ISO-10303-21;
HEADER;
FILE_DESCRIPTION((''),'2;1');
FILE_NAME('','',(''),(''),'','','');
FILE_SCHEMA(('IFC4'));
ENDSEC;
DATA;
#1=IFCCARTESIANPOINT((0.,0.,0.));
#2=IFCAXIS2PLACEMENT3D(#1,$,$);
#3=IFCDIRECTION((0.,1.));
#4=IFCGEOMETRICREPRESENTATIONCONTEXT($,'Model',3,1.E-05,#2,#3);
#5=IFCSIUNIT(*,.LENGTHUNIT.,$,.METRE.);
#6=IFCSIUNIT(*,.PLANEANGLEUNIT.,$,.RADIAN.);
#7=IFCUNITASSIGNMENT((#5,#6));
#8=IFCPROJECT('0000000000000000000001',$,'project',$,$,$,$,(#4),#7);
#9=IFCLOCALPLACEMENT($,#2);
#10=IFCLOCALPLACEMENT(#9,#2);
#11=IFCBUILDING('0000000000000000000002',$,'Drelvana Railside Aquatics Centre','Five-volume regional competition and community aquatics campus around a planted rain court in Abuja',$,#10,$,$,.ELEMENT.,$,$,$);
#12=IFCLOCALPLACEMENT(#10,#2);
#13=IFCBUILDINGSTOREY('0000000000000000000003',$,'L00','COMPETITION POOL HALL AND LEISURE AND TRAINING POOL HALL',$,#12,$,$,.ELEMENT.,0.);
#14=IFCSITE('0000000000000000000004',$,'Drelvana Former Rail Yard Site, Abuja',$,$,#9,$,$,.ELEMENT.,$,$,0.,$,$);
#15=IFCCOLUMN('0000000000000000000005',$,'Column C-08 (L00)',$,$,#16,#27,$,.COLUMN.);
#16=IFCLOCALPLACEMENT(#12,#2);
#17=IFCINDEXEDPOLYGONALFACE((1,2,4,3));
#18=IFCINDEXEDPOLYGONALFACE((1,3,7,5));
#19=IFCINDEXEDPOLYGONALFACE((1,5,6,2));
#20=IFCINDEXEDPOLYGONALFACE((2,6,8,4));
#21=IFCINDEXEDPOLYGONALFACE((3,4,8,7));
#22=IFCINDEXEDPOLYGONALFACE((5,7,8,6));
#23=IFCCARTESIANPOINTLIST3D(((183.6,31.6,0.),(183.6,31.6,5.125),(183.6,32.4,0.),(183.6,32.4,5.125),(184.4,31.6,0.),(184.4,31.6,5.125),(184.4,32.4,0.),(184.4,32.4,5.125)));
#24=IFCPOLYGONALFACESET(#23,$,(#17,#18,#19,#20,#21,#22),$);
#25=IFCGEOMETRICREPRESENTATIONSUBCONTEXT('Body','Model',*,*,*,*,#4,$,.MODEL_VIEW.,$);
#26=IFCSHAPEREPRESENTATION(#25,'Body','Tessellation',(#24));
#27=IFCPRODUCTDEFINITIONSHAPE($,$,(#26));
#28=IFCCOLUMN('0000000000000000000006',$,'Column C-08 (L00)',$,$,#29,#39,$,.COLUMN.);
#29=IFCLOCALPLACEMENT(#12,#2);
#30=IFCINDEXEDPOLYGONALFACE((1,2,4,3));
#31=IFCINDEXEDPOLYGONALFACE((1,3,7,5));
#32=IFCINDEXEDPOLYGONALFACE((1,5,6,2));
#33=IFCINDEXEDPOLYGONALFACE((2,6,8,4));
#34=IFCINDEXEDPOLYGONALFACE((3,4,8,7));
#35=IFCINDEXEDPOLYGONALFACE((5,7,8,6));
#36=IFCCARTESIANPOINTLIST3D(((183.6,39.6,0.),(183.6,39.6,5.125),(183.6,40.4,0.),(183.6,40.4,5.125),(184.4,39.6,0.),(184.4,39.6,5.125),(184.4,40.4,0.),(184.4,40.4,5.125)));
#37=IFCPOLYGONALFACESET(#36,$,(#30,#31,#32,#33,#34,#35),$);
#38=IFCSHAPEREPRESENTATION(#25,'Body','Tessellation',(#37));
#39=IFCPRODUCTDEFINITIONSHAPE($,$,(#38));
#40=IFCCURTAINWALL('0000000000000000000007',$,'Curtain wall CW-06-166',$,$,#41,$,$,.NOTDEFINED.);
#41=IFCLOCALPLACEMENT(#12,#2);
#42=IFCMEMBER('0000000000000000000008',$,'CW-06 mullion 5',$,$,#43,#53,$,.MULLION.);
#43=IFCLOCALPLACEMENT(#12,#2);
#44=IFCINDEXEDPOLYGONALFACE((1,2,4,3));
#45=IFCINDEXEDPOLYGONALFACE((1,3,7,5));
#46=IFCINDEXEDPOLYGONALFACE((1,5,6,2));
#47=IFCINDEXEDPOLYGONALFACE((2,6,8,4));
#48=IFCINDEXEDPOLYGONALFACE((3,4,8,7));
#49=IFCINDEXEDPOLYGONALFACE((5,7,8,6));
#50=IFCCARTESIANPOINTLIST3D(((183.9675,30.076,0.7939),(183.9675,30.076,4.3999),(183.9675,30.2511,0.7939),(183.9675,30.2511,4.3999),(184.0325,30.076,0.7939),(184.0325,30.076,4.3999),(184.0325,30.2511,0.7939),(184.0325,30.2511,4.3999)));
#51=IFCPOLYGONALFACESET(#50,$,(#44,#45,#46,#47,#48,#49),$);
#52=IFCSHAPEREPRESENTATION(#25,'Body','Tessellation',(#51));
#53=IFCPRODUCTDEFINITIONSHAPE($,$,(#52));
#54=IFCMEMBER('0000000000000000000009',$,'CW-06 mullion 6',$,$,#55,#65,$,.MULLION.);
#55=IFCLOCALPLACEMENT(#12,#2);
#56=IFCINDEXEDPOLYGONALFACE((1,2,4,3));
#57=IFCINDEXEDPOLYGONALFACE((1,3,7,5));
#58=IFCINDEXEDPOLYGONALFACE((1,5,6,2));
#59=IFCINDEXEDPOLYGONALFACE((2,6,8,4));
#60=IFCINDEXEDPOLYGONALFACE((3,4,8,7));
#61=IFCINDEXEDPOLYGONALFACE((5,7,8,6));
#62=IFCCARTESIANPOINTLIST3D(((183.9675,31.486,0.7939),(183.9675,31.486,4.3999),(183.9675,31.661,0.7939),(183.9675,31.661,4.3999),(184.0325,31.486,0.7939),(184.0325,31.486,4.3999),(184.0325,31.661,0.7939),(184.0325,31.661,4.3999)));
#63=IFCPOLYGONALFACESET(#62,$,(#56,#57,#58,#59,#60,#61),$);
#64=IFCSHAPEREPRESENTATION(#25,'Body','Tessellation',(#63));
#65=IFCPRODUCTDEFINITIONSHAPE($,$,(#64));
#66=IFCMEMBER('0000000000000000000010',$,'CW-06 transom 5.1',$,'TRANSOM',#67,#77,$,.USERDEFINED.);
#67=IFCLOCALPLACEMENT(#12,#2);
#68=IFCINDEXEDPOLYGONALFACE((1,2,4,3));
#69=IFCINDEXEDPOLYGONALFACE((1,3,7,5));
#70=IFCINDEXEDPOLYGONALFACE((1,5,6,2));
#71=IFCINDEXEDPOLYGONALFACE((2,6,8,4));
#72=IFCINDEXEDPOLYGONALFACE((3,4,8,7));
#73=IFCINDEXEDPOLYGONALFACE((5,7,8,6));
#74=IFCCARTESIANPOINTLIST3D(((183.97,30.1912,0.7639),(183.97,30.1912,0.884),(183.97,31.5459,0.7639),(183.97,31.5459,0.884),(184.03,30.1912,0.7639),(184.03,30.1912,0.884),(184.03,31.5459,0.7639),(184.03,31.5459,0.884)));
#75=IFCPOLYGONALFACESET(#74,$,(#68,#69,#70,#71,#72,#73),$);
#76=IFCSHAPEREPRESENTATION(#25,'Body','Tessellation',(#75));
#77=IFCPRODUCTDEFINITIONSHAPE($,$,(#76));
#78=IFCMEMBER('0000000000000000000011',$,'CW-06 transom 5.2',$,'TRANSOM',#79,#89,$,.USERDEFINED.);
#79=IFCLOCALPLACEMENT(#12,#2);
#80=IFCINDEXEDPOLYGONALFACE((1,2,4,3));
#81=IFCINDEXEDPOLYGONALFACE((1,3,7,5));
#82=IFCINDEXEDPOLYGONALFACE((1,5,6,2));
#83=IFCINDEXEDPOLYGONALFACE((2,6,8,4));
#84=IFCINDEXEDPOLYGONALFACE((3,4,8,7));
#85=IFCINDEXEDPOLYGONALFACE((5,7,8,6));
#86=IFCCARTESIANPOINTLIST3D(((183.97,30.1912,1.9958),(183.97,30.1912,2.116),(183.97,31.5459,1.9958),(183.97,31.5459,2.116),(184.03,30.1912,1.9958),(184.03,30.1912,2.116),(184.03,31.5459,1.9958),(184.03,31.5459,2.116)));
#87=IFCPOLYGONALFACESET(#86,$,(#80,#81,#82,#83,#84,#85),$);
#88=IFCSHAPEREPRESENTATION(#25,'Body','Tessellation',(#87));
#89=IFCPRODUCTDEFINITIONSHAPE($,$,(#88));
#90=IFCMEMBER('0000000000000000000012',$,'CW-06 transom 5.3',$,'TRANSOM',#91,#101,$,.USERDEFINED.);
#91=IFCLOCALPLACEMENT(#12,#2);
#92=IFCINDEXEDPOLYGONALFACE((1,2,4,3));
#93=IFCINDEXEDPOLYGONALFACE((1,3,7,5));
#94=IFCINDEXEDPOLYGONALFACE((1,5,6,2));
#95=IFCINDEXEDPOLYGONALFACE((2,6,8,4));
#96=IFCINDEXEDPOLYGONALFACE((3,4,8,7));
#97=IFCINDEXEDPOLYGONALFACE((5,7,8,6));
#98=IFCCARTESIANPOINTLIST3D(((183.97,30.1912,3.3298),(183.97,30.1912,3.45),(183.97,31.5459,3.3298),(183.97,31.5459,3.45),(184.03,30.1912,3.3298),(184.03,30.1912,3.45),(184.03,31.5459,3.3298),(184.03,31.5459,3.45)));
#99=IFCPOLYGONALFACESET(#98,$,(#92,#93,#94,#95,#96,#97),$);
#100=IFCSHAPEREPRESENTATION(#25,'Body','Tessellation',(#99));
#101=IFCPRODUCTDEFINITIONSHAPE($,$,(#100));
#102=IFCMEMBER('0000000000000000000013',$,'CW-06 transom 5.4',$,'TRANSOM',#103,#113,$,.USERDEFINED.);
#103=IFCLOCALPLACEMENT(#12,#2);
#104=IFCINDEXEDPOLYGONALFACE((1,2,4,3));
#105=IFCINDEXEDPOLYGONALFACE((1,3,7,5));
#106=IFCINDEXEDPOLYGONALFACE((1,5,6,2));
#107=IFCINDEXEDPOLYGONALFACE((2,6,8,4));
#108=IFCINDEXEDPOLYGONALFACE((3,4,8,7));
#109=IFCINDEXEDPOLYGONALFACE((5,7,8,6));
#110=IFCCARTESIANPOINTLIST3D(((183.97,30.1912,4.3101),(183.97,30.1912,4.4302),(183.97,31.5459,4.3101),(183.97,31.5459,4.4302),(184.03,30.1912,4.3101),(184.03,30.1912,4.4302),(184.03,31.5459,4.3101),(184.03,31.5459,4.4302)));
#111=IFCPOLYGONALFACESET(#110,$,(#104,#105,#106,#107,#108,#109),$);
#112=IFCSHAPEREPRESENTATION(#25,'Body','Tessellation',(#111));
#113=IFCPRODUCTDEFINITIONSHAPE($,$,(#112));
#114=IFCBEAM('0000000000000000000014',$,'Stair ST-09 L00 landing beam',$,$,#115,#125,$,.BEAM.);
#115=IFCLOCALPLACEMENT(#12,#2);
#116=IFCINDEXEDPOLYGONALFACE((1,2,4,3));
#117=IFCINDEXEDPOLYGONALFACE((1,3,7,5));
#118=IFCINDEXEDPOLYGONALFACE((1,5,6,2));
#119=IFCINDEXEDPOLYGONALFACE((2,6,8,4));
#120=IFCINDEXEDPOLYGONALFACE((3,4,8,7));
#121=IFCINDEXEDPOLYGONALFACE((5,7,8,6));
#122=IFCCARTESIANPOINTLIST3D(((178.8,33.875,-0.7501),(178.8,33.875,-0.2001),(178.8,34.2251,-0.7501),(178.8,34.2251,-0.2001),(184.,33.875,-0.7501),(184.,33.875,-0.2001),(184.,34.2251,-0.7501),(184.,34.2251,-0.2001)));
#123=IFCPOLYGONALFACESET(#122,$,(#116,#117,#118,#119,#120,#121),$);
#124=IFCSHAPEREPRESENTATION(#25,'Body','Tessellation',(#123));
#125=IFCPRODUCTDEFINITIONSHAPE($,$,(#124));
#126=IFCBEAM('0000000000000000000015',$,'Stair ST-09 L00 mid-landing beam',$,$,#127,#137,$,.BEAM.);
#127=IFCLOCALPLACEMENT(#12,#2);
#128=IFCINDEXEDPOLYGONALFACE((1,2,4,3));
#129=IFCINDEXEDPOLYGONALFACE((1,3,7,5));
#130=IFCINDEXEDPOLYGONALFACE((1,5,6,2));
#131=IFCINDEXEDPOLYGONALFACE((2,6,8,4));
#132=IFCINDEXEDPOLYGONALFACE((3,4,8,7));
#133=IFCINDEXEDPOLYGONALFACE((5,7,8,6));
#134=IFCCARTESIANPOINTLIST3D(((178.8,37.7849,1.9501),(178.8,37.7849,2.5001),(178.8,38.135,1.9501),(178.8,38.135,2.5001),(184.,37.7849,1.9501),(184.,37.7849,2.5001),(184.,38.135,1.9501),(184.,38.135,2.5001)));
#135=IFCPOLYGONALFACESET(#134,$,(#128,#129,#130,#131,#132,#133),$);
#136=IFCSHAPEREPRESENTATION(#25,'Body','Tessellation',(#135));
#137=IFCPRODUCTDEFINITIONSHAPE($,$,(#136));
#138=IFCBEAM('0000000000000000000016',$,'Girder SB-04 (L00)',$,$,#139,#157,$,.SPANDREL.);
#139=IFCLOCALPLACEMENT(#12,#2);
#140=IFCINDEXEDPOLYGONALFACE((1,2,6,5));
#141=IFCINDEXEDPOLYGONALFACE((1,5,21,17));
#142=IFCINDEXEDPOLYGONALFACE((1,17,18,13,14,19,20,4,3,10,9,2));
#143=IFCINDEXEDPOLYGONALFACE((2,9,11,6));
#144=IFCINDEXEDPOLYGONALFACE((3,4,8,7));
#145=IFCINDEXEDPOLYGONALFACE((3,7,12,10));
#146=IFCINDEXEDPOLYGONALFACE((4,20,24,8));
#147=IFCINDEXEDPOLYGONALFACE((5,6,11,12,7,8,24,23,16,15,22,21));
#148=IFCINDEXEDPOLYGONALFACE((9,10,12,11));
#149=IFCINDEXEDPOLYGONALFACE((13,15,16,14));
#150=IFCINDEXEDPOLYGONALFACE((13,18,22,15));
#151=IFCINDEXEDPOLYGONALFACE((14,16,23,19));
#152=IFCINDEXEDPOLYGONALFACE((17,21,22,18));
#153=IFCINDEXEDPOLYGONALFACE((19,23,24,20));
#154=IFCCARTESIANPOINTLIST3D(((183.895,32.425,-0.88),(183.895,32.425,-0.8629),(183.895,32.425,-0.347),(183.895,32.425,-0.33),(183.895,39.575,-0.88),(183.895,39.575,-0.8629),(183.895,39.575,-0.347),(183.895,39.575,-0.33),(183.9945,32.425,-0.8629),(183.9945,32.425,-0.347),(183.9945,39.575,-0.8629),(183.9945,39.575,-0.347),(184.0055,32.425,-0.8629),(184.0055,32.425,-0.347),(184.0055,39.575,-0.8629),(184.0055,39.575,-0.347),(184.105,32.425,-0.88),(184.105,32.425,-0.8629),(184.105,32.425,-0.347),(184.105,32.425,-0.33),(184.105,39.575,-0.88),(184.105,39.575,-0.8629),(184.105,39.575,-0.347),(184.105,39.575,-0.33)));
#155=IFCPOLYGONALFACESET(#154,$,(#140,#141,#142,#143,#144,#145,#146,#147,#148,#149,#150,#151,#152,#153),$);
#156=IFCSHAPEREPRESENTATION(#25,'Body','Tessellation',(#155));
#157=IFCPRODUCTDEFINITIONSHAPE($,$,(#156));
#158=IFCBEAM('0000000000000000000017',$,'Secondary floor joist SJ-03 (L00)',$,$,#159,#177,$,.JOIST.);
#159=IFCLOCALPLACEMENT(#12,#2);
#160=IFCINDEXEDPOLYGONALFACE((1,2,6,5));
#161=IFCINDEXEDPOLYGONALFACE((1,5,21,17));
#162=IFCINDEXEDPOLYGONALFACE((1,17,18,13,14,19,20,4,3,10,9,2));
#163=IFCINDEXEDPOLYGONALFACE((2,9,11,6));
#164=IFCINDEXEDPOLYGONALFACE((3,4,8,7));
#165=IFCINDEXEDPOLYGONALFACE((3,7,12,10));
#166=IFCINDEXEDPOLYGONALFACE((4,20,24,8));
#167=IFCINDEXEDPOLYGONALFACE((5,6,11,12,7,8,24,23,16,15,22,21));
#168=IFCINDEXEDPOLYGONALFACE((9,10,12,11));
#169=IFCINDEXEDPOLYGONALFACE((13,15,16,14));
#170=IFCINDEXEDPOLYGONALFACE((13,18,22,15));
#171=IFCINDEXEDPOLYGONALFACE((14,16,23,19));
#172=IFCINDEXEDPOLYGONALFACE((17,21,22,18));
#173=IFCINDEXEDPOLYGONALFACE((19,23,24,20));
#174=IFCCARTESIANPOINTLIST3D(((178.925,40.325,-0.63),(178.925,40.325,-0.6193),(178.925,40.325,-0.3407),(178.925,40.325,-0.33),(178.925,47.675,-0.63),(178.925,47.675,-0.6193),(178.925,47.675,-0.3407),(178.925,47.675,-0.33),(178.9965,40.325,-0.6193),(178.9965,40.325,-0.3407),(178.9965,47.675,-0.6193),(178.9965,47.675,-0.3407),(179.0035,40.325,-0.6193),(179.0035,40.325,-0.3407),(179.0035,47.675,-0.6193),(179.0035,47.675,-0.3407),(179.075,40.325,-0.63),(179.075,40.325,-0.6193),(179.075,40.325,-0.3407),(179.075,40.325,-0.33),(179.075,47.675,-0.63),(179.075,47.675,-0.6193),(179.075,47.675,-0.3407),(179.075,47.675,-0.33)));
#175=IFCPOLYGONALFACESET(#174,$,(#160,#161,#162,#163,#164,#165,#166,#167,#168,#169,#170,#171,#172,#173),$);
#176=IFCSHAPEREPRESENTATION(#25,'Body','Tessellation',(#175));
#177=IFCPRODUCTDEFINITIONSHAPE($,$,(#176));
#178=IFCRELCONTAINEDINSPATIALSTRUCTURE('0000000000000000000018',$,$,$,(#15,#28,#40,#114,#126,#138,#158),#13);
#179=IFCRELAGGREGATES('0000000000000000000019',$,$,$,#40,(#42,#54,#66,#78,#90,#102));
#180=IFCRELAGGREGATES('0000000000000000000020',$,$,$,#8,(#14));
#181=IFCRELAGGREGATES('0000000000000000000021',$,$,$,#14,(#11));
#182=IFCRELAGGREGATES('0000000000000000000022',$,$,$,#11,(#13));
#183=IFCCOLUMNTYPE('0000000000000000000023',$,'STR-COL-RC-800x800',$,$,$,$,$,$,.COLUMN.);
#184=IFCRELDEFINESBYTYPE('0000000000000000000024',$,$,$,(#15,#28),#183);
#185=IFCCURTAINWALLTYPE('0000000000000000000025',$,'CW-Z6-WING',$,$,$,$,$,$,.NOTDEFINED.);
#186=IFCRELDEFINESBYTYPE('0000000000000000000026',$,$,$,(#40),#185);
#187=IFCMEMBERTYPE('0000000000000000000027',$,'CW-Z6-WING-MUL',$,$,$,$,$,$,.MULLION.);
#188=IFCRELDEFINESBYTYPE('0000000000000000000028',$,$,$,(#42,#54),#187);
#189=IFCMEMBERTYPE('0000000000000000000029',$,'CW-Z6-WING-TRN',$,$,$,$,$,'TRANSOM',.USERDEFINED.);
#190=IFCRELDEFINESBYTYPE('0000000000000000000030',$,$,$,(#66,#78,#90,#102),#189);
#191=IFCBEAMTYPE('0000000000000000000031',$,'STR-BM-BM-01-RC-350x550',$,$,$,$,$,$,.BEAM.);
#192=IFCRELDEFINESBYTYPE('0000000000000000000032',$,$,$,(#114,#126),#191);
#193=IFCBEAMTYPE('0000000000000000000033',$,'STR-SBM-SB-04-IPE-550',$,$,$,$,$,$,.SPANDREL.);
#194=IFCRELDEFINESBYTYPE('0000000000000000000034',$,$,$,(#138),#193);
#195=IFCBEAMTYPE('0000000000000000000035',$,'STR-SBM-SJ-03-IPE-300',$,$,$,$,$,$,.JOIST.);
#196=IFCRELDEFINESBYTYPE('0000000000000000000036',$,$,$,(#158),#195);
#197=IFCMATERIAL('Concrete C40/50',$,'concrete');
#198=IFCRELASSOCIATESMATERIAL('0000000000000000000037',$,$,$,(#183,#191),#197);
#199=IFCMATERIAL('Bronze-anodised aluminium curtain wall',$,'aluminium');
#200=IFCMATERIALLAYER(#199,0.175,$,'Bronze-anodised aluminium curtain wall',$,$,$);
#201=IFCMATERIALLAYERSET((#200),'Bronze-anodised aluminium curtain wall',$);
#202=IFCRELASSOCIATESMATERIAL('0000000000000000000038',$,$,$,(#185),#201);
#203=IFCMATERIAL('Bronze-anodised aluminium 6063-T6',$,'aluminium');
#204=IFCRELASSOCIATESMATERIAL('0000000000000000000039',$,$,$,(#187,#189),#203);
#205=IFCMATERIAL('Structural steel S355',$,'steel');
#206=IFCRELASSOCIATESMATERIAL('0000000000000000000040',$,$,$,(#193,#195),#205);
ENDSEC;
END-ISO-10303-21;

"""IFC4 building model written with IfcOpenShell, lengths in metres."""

from ifc_helpers import new_model, si_unit, direction, frame, origin, origin_2d, place, context, subcontext, project, spatial, rectangle, i_section, extrude, material, layer, layer_set, material_profile, profile_set, type_object, element, aggregate, save


model = new_model("IFC4")

# Units and contexts
model_context = context("Model", 3, precision=1e-05, world=origin(), true_north=direction((0.0, 1.0)))
body_context = subcontext(model_context, "Body", "Model", "MODEL_VIEW")
ifc_project = project(units=[si_unit("LENGTHUNIT", "METRE"), si_unit("PLANEANGLEUNIT", "RADIAN")], contexts=[model_context])

# Site, building, storey
site_placement = place(None, origin())
site = spatial("IfcSite", under=ifc_project, at=site_placement, Name="Drelvana Former Rail Yard Site, Abuja", CompositionType="ELEMENT", RefElevation=0.0)
building_placement = place(site_placement, origin())
building = spatial("IfcBuilding", under=site, at=building_placement, Name="Drelvana Railside Aquatics Centre", Description="Five-volume regional competition and community aquatics campus around a planted rain court in Abuja", CompositionType="ELEMENT")
storey_placement = place(building_placement, origin())
storey = spatial("IfcBuildingStorey", under=building, at=storey_placement, Name="L00", Description="COMPETITION POOL HALL AND LEISURE AND TRAINING POOL HALL", CompositionType="ELEMENT", Elevation=0.0)

# Columns
ifc_material_1 = material(Name="Concrete C40/50", Category="concrete")
ifc_material_profile_1 = material_profile(ifc_material_1, rectangle(XDim=0.8, YDim=0.8, at=origin_2d()), Name="RC 800x800")
ifc_profile_set_1 = profile_set([ifc_material_profile_1], Name="Concrete C40/50")
column_type = type_object("IfcColumnType", Name="STR-COL-RC-800x800", PredefinedType="COLUMN", material=ifc_profile_set_1)
for number, where, z_axis, x_axis, name in (
    (1, (184.0, 32.0, 0.0), (0.0, 0.0, 1.0), (1.0, 0.0, 0.0), "Column C-08 (L00)"),
    (2, (184.0, 40.0, 0.0), (0.0, 0.0, 1.0), (1.0, 0.0, 0.0), "Column C-08 (L00)"),
):
    element("IfcColumn", number, at=place(storey_placement, frame(where, z_axis=z_axis, x_axis=x_axis)), inside=storey, type_object=column_type, Name=name, PredefinedType="COLUMN", context=body_context, shape_type="SweptSolid", body=[
        extrude(rectangle(XDim=0.8, YDim=0.8, at=origin_2d()), origin(), (0.0, 0.0, 1.0), 5.125),
    ])

# Curtain wall, members
ifc_material_2 = material(Name="Bronze-anodised aluminium curtain wall", Category="aluminium")
ifc_layer_1 = layer(ifc_material_2, 0.175, Name="Bronze-anodised aluminium curtain wall")
ifc_layer_set_1 = layer_set([ifc_layer_1], Name="Bronze-anodised aluminium curtain wall")
curtain_wall_type = type_object("IfcCurtainWallType", Name="CW-Z6-WING", PredefinedType="NOTDEFINED", material=ifc_layer_set_1)
curtain_wall_placement = place(storey_placement, origin())
curtain_wall = element("IfcCurtainWall", 3, at=curtain_wall_placement, inside=storey, type_object=curtain_wall_type, Name="Curtain wall CW-06-166", PredefinedType="NOTDEFINED")
ifc_material_3 = material(Name="Bronze-anodised aluminium 6063-T6", Category="aluminium")
ifc_material_profile_2 = material_profile(ifc_material_3, rectangle(XDim=0.0649, YDim=0.175, at=origin_2d()), Name="ALU-M 65x175")
ifc_profile_set_2 = profile_set([ifc_material_profile_2], Name="Bronze-anodised aluminium 6063-T6")
member_type_1 = type_object("IfcMemberType", Name="CW-Z6-WING-MUL", PredefinedType="MULLION", material=ifc_profile_set_2)
member_1_placement = place(storey_placement, frame((184.0, 30.1636, 0.7939), z_axis=(0.0, 0.0, 1.0), x_axis=(-1.0, 0.0, 0.0)))
member_1 = element("IfcMember", 4, at=member_1_placement, type_object=member_type_1, Name="CW-06 mullion 5", PredefinedType="MULLION", context=body_context, shape_type="SweptSolid", body=[
    extrude(rectangle(XDim=0.0649, YDim=0.175, at=origin_2d()), origin(), (0.0, 0.0, 1.0), 3.606),
])
member_2_placement = place(storey_placement, frame((184.0, 31.5735, 0.7939), z_axis=(0.0, 0.0, 1.0), x_axis=(-1.0, 0.0, 0.0)))
member_2 = element("IfcMember", 5, at=member_2_placement, type_object=member_type_1, Name="CW-06 mullion 6", PredefinedType="MULLION", context=body_context, shape_type="SweptSolid", body=[
    extrude(rectangle(XDim=0.0649, YDim=0.175, at=origin_2d()), origin(), (0.0, 0.0, 1.0), 3.606),
])
ifc_material_profile_3 = material_profile(ifc_material_3, rectangle(XDim=0.1201, YDim=0.0601, at=origin_2d()), Name="ALU-T 60x120")
ifc_profile_set_3 = profile_set([ifc_material_profile_3], Name="Bronze-anodised aluminium 6063-T6")
member_type_2 = type_object("IfcMemberType", Name="CW-Z6-WING-TRN", ElementType="TRANSOM", PredefinedType="USERDEFINED", material=ifc_profile_set_3)
member_3_placement = place(storey_placement, frame((184.0, 30.1912, 0.824), z_axis=(0.0, 1.0, 0.0), x_axis=(0.0, 0.0, 1.0)))
member_3 = element("IfcMember", 6, at=member_3_placement, type_object=member_type_2, Name="CW-06 transom 5.1", ObjectType="TRANSOM", PredefinedType="USERDEFINED", context=body_context, shape_type="SweptSolid", body=[
    extrude(rectangle(XDim=0.1201, YDim=0.0601, at=origin_2d()), origin(), (0.0, 0.0, 1.0), 1.3547),
])
member_4_placement = place(storey_placement, frame((184.0, 30.1912, 2.0559), z_axis=(0.0, 1.0, 0.0), x_axis=(0.0, 0.0, 1.0)))
member_4 = element("IfcMember", 7, at=member_4_placement, type_object=member_type_2, Name="CW-06 transom 5.2", ObjectType="TRANSOM", PredefinedType="USERDEFINED", context=body_context, shape_type="SweptSolid", body=[
    extrude(rectangle(XDim=0.1201, YDim=0.0601, at=origin_2d()), origin(), (0.0, 0.0, 1.0), 1.3547),
])
member_5_placement = place(storey_placement, frame((184.0, 30.1912, 3.3899), z_axis=(0.0, 1.0, 0.0), x_axis=(0.0, 0.0, 1.0)))
member_5 = element("IfcMember", 8, at=member_5_placement, type_object=member_type_2, Name="CW-06 transom 5.3", ObjectType="TRANSOM", PredefinedType="USERDEFINED", context=body_context, shape_type="SweptSolid", body=[
    extrude(rectangle(XDim=0.1201, YDim=0.0601, at=origin_2d()), origin(), (0.0, 0.0, 1.0), 1.3547),
])
member_6_placement = place(storey_placement, frame((184.0, 30.1912, 4.3701), z_axis=(0.0, 1.0, 0.0), x_axis=(0.0, 0.0, 1.0)))
member_6 = element("IfcMember", 9, at=member_6_placement, type_object=member_type_2, Name="CW-06 transom 5.4", ObjectType="TRANSOM", PredefinedType="USERDEFINED", context=body_context, shape_type="SweptSolid", body=[
    extrude(rectangle(XDim=0.1201, YDim=0.0601, at=origin_2d()), origin(), (0.0, 0.0, 1.0), 1.3547),
])

# Beams
ifc_material_profile_4 = material_profile(ifc_material_1, rectangle(XDim=0.3501, YDim=0.55, at=origin_2d()), Name="RC 350x550")
ifc_profile_set_4 = profile_set([ifc_material_profile_4], Name="Concrete C40/50")
beam_type_1 = type_object("IfcBeamType", Name="STR-BM-BM-01-RC-350x550", PredefinedType="BEAM", material=ifc_profile_set_4)
for number, where, z_axis, x_axis, name in (
    (10, (178.8, 34.05, -0.4751), (1.0, 0.0, 0.0), (0.0, 1.0, 0.0), "Stair ST-09 L00 landing beam"),
    (11, (178.8, 37.96, 2.2251), (1.0, 0.0, 0.0), (0.0, 1.0, 0.0), "Stair ST-09 L00 mid-landing beam"),
):
    element("IfcBeam", number, at=place(storey_placement, frame(where, z_axis=z_axis, x_axis=x_axis)), inside=storey, type_object=beam_type_1, Name=name, PredefinedType="BEAM", context=body_context, shape_type="SweptSolid", body=[
        extrude(rectangle(XDim=0.3501, YDim=0.55, at=origin_2d()), origin(), (0.0, 0.0, 1.0), 5.2),
    ])
ifc_material_4 = material(Name="Structural steel S355", Category="steel")
ifc_material_profile_5 = material_profile(ifc_material_4, i_section(OverallWidth=0.21, OverallDepth=0.55, WebThickness=0.011, FlangeThickness=0.0171, at=origin_2d()), Name="IPE 550")
ifc_profile_set_5 = profile_set([ifc_material_profile_5], Name="Structural steel S355")
beam_type_2 = type_object("IfcBeamType", Name="STR-SBM-SB-04-IPE-550", PredefinedType="SPANDREL", material=ifc_profile_set_5)
beam_1_placement = place(storey_placement, frame((184.0, 32.425, -0.605), z_axis=(0.0, 1.0, 0.0), x_axis=(-1.0, 0.0, 0.0)))
element("IfcBeam", 12, at=beam_1_placement, inside=storey, type_object=beam_type_2, Name="Girder SB-04 (L00)", PredefinedType="SPANDREL", context=body_context, shape_type="SweptSolid", body=[
    extrude(i_section(OverallWidth=0.21, OverallDepth=0.55, WebThickness=0.011, FlangeThickness=0.0171, at=origin_2d()), origin(), (0.0, 0.0, 1.0), 7.1499),
])
ifc_material_profile_6 = material_profile(ifc_material_4, i_section(OverallWidth=0.1499, OverallDepth=0.3, WebThickness=0.0071, FlangeThickness=0.0107, at=origin_2d()), Name="IPE 300")
ifc_profile_set_6 = profile_set([ifc_material_profile_6], Name="Structural steel S355")
beam_type_3 = type_object("IfcBeamType", Name="STR-SBM-SJ-03-IPE-300", PredefinedType="JOIST", material=ifc_profile_set_6)
beam_2_placement = place(storey_placement, frame((179.0, 40.325, -0.48), z_axis=(0.0, 1.0, 0.0), x_axis=(-1.0, 0.0, 0.0)))
element("IfcBeam", 13, at=beam_2_placement, inside=storey, type_object=beam_type_3, Name="Secondary floor joist SJ-03 (L00)", PredefinedType="JOIST", context=body_context, shape_type="SweptSolid", body=[
    extrude(i_section(OverallWidth=0.1499, OverallDepth=0.3, WebThickness=0.0071, FlangeThickness=0.0107, at=origin_2d()), origin(), (0.0, 0.0, 1.0), 7.3501),
])

aggregate(curtain_wall, [member_1, member_2, member_3, member_4, member_5, member_6])

save(model, "model.ifc")
